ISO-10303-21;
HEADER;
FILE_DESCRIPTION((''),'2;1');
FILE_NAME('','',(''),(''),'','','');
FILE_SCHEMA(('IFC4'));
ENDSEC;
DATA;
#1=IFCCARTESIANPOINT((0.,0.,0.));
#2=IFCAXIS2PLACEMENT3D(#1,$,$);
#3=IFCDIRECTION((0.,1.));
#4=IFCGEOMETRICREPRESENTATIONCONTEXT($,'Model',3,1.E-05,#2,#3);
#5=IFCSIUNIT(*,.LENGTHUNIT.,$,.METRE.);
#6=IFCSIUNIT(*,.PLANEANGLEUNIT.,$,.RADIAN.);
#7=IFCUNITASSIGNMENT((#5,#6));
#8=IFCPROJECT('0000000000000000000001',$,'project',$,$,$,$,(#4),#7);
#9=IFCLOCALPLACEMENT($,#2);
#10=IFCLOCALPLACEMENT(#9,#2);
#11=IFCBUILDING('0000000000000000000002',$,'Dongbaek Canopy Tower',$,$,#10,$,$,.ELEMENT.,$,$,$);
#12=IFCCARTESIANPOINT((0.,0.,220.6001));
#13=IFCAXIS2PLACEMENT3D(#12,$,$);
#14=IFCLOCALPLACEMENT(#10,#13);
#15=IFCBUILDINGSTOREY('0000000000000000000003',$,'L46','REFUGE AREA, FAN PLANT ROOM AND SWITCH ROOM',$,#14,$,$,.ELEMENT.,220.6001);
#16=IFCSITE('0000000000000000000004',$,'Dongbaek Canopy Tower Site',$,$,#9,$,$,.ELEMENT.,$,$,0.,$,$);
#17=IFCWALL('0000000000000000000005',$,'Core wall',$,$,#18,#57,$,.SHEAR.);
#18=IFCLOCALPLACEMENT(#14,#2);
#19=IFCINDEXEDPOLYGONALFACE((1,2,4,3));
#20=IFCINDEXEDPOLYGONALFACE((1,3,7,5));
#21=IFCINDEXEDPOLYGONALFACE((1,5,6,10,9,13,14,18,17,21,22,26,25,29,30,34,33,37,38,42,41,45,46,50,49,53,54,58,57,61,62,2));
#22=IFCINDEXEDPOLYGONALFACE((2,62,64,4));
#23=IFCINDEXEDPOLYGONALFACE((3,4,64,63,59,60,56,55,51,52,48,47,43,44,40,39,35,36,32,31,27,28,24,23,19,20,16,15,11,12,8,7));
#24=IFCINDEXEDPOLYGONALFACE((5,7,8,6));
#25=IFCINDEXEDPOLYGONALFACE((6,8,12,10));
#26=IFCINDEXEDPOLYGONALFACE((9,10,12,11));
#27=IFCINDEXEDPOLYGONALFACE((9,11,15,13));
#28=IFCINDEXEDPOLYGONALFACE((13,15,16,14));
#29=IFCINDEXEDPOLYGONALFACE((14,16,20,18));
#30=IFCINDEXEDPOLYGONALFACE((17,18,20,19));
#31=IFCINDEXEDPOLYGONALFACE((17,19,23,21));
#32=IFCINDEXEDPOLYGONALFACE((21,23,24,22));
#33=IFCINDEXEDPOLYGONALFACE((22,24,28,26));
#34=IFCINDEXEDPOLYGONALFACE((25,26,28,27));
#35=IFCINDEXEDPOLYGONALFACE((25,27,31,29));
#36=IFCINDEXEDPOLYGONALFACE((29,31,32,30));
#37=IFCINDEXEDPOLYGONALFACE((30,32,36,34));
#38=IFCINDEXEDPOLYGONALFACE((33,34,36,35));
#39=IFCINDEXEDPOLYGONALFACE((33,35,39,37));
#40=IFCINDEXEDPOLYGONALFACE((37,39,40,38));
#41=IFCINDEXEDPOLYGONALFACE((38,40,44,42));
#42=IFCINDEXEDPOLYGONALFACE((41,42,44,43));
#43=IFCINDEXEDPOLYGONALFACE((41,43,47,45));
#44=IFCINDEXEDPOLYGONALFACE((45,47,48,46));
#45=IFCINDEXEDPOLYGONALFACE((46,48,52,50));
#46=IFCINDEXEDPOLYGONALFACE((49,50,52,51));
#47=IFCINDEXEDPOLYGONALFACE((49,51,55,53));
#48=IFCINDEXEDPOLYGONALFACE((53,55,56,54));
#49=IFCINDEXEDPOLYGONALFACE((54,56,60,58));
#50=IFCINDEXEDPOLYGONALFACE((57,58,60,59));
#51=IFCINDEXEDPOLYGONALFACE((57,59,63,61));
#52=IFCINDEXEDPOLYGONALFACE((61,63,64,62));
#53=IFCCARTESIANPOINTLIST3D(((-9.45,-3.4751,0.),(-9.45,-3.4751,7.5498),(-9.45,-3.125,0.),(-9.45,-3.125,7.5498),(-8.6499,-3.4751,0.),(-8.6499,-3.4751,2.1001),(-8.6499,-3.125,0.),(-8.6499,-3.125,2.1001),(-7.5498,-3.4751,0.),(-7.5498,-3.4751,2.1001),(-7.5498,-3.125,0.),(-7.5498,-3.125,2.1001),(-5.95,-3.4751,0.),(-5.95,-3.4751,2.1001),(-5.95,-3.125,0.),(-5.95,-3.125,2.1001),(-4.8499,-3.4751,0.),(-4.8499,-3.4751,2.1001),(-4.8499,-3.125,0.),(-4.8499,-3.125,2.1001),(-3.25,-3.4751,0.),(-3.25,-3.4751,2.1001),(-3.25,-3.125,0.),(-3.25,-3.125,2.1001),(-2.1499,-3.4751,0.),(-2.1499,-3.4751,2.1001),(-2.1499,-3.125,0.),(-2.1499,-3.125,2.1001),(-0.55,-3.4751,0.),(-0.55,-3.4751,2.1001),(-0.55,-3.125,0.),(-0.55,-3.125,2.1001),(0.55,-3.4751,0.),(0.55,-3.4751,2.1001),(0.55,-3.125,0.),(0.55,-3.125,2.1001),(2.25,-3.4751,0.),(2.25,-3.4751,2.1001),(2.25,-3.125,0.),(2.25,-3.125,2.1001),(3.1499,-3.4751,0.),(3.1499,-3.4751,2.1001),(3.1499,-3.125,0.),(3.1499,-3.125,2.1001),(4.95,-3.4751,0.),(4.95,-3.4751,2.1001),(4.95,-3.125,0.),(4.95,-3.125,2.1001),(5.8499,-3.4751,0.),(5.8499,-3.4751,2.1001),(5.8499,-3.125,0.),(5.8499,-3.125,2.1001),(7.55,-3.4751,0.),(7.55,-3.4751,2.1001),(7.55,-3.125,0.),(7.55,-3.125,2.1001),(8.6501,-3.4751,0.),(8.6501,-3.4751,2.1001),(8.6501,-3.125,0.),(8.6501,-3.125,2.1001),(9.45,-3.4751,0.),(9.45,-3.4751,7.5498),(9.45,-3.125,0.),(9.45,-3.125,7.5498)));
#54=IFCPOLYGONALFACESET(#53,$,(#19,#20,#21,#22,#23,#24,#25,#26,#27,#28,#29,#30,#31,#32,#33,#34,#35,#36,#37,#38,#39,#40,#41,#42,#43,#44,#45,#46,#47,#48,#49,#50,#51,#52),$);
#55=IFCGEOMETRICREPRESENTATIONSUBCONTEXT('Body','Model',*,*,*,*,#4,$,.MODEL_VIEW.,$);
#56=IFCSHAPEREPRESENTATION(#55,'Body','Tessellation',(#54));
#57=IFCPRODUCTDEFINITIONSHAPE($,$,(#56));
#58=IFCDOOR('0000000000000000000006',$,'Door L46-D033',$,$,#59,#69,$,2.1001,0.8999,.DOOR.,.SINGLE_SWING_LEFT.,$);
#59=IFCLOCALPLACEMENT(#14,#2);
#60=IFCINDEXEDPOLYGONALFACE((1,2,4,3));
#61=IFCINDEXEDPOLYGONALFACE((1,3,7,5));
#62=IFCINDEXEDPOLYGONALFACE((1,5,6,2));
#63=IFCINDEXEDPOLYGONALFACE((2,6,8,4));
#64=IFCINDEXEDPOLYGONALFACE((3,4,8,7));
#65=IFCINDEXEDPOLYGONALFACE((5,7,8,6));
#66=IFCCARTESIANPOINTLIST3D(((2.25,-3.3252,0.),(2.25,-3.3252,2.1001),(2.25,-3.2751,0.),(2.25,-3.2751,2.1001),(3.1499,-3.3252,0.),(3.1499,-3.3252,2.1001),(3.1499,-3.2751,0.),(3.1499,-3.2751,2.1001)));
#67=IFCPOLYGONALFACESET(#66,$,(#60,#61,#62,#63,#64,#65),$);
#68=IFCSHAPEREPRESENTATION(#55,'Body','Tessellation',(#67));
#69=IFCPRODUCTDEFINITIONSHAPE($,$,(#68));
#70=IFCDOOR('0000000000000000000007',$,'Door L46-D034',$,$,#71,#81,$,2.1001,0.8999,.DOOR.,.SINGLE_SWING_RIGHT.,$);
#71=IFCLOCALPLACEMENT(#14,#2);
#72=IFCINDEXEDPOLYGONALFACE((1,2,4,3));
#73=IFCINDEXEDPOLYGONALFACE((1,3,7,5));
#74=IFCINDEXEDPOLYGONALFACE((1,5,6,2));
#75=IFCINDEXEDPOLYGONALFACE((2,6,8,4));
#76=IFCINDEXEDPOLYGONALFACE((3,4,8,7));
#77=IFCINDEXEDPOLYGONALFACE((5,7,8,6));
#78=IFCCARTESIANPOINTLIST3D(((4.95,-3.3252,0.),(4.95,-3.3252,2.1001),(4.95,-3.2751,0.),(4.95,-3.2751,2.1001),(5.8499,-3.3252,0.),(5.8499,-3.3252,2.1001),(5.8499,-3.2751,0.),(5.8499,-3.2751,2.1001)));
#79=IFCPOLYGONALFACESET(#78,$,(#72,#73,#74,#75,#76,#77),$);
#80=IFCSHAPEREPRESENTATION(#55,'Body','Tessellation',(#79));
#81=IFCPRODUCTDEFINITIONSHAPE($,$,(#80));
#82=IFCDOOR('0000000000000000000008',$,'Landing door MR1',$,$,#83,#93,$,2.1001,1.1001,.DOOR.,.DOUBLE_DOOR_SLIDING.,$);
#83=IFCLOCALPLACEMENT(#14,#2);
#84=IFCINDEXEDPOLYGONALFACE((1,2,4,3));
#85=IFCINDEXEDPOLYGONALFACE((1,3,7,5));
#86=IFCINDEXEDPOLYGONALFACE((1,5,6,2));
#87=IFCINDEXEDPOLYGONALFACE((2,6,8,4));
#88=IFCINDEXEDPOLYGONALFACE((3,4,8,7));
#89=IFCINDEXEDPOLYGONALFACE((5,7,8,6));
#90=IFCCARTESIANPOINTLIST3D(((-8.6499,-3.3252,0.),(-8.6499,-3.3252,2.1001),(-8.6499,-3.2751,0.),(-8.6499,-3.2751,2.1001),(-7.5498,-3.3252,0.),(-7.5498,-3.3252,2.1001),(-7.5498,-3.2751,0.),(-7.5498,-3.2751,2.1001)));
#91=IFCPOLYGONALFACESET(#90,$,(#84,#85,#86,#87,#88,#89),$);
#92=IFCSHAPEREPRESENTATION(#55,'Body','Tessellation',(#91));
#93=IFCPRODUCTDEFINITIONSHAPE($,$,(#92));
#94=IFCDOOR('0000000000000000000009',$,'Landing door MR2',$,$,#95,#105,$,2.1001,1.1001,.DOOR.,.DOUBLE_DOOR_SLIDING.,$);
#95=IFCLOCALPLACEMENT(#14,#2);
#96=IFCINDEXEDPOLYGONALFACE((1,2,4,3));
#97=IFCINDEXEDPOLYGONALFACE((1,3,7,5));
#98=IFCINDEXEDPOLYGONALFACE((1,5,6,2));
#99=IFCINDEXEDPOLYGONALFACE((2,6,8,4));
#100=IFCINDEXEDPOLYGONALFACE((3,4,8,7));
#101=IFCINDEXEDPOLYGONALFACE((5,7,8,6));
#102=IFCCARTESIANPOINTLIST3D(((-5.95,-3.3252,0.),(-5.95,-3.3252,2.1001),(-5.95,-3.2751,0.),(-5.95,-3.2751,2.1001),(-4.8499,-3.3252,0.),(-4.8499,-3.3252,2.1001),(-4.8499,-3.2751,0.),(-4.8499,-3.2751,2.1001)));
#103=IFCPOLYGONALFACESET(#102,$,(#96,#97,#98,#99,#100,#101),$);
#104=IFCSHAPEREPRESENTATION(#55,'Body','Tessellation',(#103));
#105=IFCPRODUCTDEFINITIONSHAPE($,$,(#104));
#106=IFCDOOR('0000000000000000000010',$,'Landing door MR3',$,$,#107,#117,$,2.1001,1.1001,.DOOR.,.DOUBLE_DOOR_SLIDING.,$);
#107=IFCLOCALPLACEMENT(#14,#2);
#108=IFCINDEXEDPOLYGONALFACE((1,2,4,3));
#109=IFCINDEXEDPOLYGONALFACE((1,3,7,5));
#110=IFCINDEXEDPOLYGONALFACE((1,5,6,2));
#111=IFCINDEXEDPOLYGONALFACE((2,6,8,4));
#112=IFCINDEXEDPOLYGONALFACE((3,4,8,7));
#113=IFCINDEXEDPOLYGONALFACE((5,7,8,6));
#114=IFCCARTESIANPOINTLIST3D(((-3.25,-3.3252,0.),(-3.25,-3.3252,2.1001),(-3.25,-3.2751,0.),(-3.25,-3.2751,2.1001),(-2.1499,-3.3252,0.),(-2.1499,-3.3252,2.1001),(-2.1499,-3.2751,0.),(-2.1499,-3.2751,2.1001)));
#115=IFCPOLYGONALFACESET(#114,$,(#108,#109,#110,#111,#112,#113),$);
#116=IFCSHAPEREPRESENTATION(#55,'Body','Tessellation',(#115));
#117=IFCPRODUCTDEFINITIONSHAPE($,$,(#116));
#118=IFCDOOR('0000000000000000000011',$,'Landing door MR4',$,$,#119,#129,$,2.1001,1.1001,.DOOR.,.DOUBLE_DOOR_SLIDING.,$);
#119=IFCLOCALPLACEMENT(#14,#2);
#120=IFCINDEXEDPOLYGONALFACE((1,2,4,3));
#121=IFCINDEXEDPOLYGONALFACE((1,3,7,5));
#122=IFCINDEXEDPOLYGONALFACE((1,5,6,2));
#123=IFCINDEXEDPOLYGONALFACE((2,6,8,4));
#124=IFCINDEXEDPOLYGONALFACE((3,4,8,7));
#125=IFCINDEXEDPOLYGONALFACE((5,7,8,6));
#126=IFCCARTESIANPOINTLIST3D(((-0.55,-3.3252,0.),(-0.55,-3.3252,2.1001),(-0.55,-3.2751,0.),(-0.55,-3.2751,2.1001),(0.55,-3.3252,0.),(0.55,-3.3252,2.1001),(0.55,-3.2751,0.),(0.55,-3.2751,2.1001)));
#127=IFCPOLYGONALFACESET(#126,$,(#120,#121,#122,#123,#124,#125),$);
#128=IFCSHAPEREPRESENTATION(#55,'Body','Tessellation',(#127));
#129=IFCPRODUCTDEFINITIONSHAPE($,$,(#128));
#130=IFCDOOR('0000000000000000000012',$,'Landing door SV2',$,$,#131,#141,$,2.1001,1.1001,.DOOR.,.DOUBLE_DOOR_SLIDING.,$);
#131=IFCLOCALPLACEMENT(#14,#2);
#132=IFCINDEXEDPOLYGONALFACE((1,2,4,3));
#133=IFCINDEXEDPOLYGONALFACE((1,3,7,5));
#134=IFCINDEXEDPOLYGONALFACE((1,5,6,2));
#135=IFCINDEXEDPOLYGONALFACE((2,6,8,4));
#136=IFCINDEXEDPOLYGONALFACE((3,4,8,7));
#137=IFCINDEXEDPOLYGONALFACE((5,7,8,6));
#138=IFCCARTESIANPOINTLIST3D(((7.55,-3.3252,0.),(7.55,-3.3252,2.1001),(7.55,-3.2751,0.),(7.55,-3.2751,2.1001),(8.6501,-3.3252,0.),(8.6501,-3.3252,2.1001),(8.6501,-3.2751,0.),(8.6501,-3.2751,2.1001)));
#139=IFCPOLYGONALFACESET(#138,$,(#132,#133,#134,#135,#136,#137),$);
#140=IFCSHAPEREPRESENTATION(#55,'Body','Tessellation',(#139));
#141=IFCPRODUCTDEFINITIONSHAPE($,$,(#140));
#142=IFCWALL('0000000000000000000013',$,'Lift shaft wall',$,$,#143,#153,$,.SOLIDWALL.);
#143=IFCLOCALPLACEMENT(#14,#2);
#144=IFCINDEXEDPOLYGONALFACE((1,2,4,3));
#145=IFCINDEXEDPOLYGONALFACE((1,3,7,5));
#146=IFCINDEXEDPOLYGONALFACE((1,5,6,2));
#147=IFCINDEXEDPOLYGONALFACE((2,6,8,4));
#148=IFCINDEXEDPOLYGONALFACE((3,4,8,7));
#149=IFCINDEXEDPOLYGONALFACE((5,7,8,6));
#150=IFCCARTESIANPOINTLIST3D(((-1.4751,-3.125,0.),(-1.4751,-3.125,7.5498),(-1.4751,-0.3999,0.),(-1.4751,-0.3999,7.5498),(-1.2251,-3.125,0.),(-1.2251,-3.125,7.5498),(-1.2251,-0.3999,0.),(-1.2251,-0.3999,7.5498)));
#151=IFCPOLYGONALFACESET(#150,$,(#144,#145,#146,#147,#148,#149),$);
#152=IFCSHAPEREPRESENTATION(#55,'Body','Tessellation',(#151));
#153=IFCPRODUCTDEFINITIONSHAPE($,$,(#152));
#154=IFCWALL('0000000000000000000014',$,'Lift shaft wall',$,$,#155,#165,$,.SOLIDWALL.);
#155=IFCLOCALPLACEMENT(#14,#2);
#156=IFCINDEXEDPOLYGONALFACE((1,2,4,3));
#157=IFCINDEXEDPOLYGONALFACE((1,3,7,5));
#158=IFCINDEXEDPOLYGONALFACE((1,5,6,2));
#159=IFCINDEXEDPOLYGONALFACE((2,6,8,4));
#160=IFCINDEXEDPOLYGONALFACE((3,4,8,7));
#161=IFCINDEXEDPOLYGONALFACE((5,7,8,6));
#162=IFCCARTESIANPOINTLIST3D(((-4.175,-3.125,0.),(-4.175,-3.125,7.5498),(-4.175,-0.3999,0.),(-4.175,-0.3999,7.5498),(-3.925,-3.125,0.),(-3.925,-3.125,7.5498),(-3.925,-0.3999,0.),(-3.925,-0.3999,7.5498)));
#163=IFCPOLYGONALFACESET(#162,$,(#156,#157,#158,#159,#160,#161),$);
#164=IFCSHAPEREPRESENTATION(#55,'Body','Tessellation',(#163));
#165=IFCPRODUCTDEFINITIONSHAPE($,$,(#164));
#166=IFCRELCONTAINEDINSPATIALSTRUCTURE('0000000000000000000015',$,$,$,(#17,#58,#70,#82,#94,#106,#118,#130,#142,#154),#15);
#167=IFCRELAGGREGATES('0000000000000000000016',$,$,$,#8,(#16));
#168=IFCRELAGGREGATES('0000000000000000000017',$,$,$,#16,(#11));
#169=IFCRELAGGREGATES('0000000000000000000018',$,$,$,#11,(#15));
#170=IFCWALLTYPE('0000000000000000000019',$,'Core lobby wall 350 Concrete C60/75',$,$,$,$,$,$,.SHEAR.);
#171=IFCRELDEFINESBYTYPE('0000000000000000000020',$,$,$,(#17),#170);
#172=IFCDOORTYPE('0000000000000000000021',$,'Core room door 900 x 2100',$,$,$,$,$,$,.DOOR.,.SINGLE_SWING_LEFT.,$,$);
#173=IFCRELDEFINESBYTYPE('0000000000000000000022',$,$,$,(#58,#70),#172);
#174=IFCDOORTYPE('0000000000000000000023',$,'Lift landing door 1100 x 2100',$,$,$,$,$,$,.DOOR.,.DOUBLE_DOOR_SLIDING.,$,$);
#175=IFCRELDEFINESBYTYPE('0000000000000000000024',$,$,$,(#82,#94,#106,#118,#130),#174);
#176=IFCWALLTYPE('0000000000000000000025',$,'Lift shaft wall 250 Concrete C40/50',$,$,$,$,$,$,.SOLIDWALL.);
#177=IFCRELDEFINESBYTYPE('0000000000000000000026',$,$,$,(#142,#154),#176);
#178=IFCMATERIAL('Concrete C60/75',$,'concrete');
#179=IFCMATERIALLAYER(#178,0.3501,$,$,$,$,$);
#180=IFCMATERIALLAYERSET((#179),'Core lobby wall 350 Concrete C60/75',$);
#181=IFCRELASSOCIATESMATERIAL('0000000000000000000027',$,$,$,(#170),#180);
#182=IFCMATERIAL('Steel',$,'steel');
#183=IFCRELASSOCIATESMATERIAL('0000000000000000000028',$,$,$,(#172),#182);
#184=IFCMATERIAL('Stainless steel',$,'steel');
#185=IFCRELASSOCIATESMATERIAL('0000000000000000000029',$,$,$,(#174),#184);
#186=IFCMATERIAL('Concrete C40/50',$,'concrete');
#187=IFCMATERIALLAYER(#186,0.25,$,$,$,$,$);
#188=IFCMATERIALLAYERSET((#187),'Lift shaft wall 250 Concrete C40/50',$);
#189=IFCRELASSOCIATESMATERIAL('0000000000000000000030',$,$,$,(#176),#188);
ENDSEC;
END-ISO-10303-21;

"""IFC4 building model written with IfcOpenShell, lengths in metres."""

from ifc_helpers import new_model, si_unit, direction, frame, frame_2d, origin, place, context, subcontext, project, spatial, rectangle, extrude, material, layer, layer_set, type_object, element, fill, save


model = new_model("IFC4")

# Units and contexts
model_context = context("Model", 3, precision=1e-05, world=origin(), true_north=direction((0.0, 1.0)))
body_context = subcontext(model_context, "Body", "Model", "MODEL_VIEW")
ifc_project = project(units=[si_unit("LENGTHUNIT", "METRE"), si_unit("PLANEANGLEUNIT", "RADIAN")], contexts=[model_context])

# Site, building, storey
site_placement = place(None, origin())
site = spatial("IfcSite", under=ifc_project, at=site_placement, Name="Dongbaek Canopy Tower Site", CompositionType="ELEMENT", RefElevation=0.0)
building_placement = place(site_placement, origin())
building = spatial("IfcBuilding", under=site, at=building_placement, Name="Dongbaek Canopy Tower", CompositionType="ELEMENT")
storey_placement = place(building_placement, frame((0.0, 0.0, 220.6001)))
storey = spatial("IfcBuildingStorey", under=building, at=storey_placement, Name="L46", Description="REFUGE AREA, FAN PLANT ROOM AND SWITCH ROOM", CompositionType="ELEMENT", Elevation=220.6001)

# Wall, openings, doors
ifc_material_1 = material(Name="Concrete C60/75", Category="concrete")
ifc_layer_1 = layer(ifc_material_1, 0.3501)
ifc_layer_set_1 = layer_set([ifc_layer_1], Name="Core lobby wall 350 Concrete C60/75")
wall_type_1 = type_object("IfcWallType", Name="Core lobby wall 350 Concrete C60/75", PredefinedType="SHEAR", material=ifc_layer_set_1)
wall_1_placement = place(storey_placement, frame((-9.45, -3.3, 0.0), z_axis=(0.0, 0.0, 1.0), x_axis=(1.0, 0.0, 0.0)))
wall_1 = element("IfcWall", 1, at=wall_1_placement, inside=storey, type_object=wall_type_1, Name="Core wall", PredefinedType="SHEAR", context=body_context, shape_type="SweptSolid", body=[
    extrude(rectangle(XDim=18.8999, YDim=0.3501, at=frame_2d((9.45, 0.0))), origin(), (0.0, 0.0, 1.0), 7.5498),
])
opening_1_placement = place(wall_1_placement, frame((0.8, 0.0, 0.0)))
opening_1 = element("IfcOpeningElement", 2, at=opening_1_placement, cuts=wall_1, PredefinedType="OPENING", context=body_context, shape_type="SweptSolid", body=[
    extrude(rectangle(XDim=1.1001, YDim=2.1001, at=frame_2d((0.55, 1.05))), frame((0.0, 0.1851, 0.0), z_axis=(0.0, -1.0, 0.0), x_axis=(1.0, 0.0, 0.0)), (0.0, 0.0, 1.0), 0.3701),
])
opening_2_placement = place(wall_1_placement, frame((3.5, 0.0, 0.0)))
opening_2 = element("IfcOpeningElement", 3, at=opening_2_placement, cuts=wall_1, PredefinedType="OPENING", context=body_context, shape_type="SweptSolid", body=[
    extrude(rectangle(XDim=1.1001, YDim=2.1001, at=frame_2d((0.55, 1.05))), frame((0.0, 0.1851, 0.0), z_axis=(0.0, -1.0, 0.0), x_axis=(1.0, 0.0, 0.0)), (0.0, 0.0, 1.0), 0.3701),
])
opening_3_placement = place(wall_1_placement, frame((6.2, 0.0, 0.0)))
opening_3 = element("IfcOpeningElement", 4, at=opening_3_placement, cuts=wall_1, PredefinedType="OPENING", context=body_context, shape_type="SweptSolid", body=[
    extrude(rectangle(XDim=1.1001, YDim=2.1001, at=frame_2d((0.55, 1.05))), frame((0.0, 0.1851, 0.0), z_axis=(0.0, -1.0, 0.0), x_axis=(1.0, 0.0, 0.0)), (0.0, 0.0, 1.0), 0.3701),
])
opening_4_placement = place(wall_1_placement, frame((8.8999, 0.0, 0.0)))
opening_4 = element("IfcOpeningElement", 5, at=opening_4_placement, cuts=wall_1, PredefinedType="OPENING", context=body_context, shape_type="SweptSolid", body=[
    extrude(rectangle(XDim=1.1001, YDim=2.1001, at=frame_2d((0.55, 1.05))), frame((0.0, 0.1851, 0.0), z_axis=(0.0, -1.0, 0.0), x_axis=(1.0, 0.0, 0.0)), (0.0, 0.0, 1.0), 0.3701),
])
opening_5_placement = place(wall_1_placement, frame((17.0, 0.0, 0.0)))
opening_5 = element("IfcOpeningElement", 6, at=opening_5_placement, cuts=wall_1, PredefinedType="OPENING", context=body_context, shape_type="SweptSolid", body=[
    extrude(rectangle(XDim=1.1001, YDim=2.1001, at=frame_2d((0.55, 1.05))), frame((0.0, 0.1851, 0.0), z_axis=(0.0, -1.0, 0.0), x_axis=(1.0, 0.0, 0.0)), (0.0, 0.0, 1.0), 0.3701),
])
opening_6_placement = place(wall_1_placement, frame((11.7, 0.0, 0.0)))
opening_6 = element("IfcOpeningElement", 7, at=opening_6_placement, cuts=wall_1, PredefinedType="OPENING", context=body_context, shape_type="SweptSolid", body=[
    extrude(rectangle(XDim=0.8999, YDim=2.1001, at=frame_2d((0.45, 1.05))), frame((0.0, 0.1851, 0.0), z_axis=(0.0, -1.0, 0.0), x_axis=(1.0, 0.0, 0.0)), (0.0, 0.0, 1.0), 0.3701),
])
opening_7_placement = place(wall_1_placement, frame((14.3999, 0.0, 0.0)))
opening_7 = element("IfcOpeningElement", 8, at=opening_7_placement, cuts=wall_1, PredefinedType="OPENING", context=body_context, shape_type="SweptSolid", body=[
    extrude(rectangle(XDim=0.8999, YDim=2.1001, at=frame_2d((0.45, 1.05))), frame((0.0, 0.1851, 0.0), z_axis=(0.0, -1.0, 0.0), x_axis=(1.0, 0.0, 0.0)), (0.0, 0.0, 1.0), 0.3701),
])
ifc_material_2 = material(Name="Steel", Category="steel")
door_type_1 = type_object("IfcDoorType", Name="Core room door 900 x 2100", OperationType="SINGLE_SWING_LEFT", PredefinedType="DOOR", material=ifc_material_2)
door_1_placement = place(opening_6_placement, origin())
door_1 = element("IfcDoor", 9, at=door_1_placement, inside=storey, type_object=door_type_1, Name="Door L46-D033", OperationType="SINGLE_SWING_LEFT", OverallHeight=2.1001, OverallWidth=0.8999, PredefinedType="DOOR", context=body_context, shape_type="SweptSolid", body=[
    extrude(rectangle(XDim=0.8999, YDim=2.1001, at=frame_2d((0.45, 1.05))), frame((0.0, 0.0249, 0.0), z_axis=(0.0, -1.0, 0.0), x_axis=(1.0, 0.0, 0.0)), (0.0, 0.0, 1.0), 0.05),
])
fill(opening_6, door_1)
door_2_placement = place(opening_7_placement, origin())
door_2 = element("IfcDoor", 10, at=door_2_placement, inside=storey, type_object=door_type_1, Name="Door L46-D034", OperationType="SINGLE_SWING_RIGHT", OverallHeight=2.1001, OverallWidth=0.8999, PredefinedType="DOOR", context=body_context, shape_type="SweptSolid", body=[
    extrude(rectangle(XDim=0.8999, YDim=2.1001, at=frame_2d((0.45, 1.05))), frame((0.0, 0.0249, 0.0), z_axis=(0.0, -1.0, 0.0), x_axis=(1.0, 0.0, 0.0)), (0.0, 0.0, 1.0), 0.05),
])
fill(opening_7, door_2)
ifc_material_3 = material(Name="Stainless steel", Category="steel")
door_type_2 = type_object("IfcDoorType", Name="Lift landing door 1100 x 2100", OperationType="DOUBLE_DOOR_SLIDING", PredefinedType="DOOR", material=ifc_material_3)
door_3_placement = place(opening_1_placement, origin())
door_3 = element("IfcDoor", 11, at=door_3_placement, inside=storey, type_object=door_type_2, Name="Landing door MR1", OperationType="DOUBLE_DOOR_SLIDING", OverallHeight=2.1001, OverallWidth=1.1001, PredefinedType="DOOR", context=body_context, shape_type="SweptSolid", body=[
    extrude(rectangle(XDim=1.1001, YDim=2.1001, at=frame_2d((0.55, 1.05))), frame((0.0, 0.0249, 0.0), z_axis=(0.0, -1.0, 0.0), x_axis=(1.0, 0.0, 0.0)), (0.0, 0.0, 1.0), 0.05),
])
fill(opening_1, door_3)
door_4_placement = place(opening_2_placement, origin())
door_4 = element("IfcDoor", 12, at=door_4_placement, inside=storey, type_object=door_type_2, Name="Landing door MR2", OperationType="DOUBLE_DOOR_SLIDING", OverallHeight=2.1001, OverallWidth=1.1001, PredefinedType="DOOR", context=body_context, shape_type="SweptSolid", body=[
    extrude(rectangle(XDim=1.1001, YDim=2.1001, at=frame_2d((0.55, 1.05))), frame((0.0, 0.0249, 0.0), z_axis=(0.0, -1.0, 0.0), x_axis=(1.0, 0.0, 0.0)), (0.0, 0.0, 1.0), 0.05),
])
fill(opening_2, door_4)
door_5_placement = place(opening_3_placement, origin())
door_5 = element("IfcDoor", 13, at=door_5_placement, inside=storey, type_object=door_type_2, Name="Landing door MR3", OperationType="DOUBLE_DOOR_SLIDING", OverallHeight=2.1001, OverallWidth=1.1001, PredefinedType="DOOR", context=body_context, shape_type="SweptSolid", body=[
    extrude(rectangle(XDim=1.1001, YDim=2.1001, at=frame_2d((0.55, 1.05))), frame((0.0, 0.0249, 0.0), z_axis=(0.0, -1.0, 0.0), x_axis=(1.0, 0.0, 0.0)), (0.0, 0.0, 1.0), 0.05),
])
fill(opening_3, door_5)
door_6_placement = place(opening_4_placement, origin())
door_6 = element("IfcDoor", 14, at=door_6_placement, inside=storey, type_object=door_type_2, Name="Landing door MR4", OperationType="DOUBLE_DOOR_SLIDING", OverallHeight=2.1001, OverallWidth=1.1001, PredefinedType="DOOR", context=body_context, shape_type="SweptSolid", body=[
    extrude(rectangle(XDim=1.1001, YDim=2.1001, at=frame_2d((0.55, 1.05))), frame((0.0, 0.0249, 0.0), z_axis=(0.0, -1.0, 0.0), x_axis=(1.0, 0.0, 0.0)), (0.0, 0.0, 1.0), 0.05),
])
fill(opening_4, door_6)
door_7_placement = place(opening_5_placement, origin())
door_7 = element("IfcDoor", 15, at=door_7_placement, inside=storey, type_object=door_type_2, Name="Landing door SV2", OperationType="DOUBLE_DOOR_SLIDING", OverallHeight=2.1001, OverallWidth=1.1001, PredefinedType="DOOR", context=body_context, shape_type="SweptSolid", body=[
    extrude(rectangle(XDim=1.1001, YDim=2.1001, at=frame_2d((0.55, 1.05))), frame((0.0, 0.0249, 0.0), z_axis=(0.0, -1.0, 0.0), x_axis=(1.0, 0.0, 0.0)), (0.0, 0.0, 1.0), 0.05),
])
fill(opening_5, door_7)

# Walls
ifc_material_4 = material(Name="Concrete C40/50", Category="concrete")
ifc_layer_2 = layer(ifc_material_4, 0.25)
ifc_layer_set_2 = layer_set([ifc_layer_2], Name="Lift shaft wall 250 Concrete C40/50")
wall_type_2 = type_object("IfcWallType", Name="Lift shaft wall 250 Concrete C40/50", PredefinedType="SOLIDWALL", material=ifc_layer_set_2)
for number, where, z_axis, x_axis, name in (
    (16, (-1.3501, -3.125, 0.0), (0.0, 0.0, 1.0), (0.0, 1.0, 0.0), "Lift shaft wall"),
    (17, (-4.05, -3.125, 0.0), (0.0, 0.0, 1.0), (0.0, 1.0, 0.0), "Lift shaft wall"),
):
    element("IfcWall", number, at=place(storey_placement, frame(where, z_axis=z_axis, x_axis=x_axis)), inside=storey, type_object=wall_type_2, Name=name, PredefinedType="SOLIDWALL", context=body_context, shape_type="SweptSolid", body=[
        extrude(rectangle(XDim=2.7251, YDim=0.25, at=frame_2d((1.3625, 0.0))), origin(), (0.0, 0.0, 1.0), 7.5498),
    ])

save(model, "model.ifc")
